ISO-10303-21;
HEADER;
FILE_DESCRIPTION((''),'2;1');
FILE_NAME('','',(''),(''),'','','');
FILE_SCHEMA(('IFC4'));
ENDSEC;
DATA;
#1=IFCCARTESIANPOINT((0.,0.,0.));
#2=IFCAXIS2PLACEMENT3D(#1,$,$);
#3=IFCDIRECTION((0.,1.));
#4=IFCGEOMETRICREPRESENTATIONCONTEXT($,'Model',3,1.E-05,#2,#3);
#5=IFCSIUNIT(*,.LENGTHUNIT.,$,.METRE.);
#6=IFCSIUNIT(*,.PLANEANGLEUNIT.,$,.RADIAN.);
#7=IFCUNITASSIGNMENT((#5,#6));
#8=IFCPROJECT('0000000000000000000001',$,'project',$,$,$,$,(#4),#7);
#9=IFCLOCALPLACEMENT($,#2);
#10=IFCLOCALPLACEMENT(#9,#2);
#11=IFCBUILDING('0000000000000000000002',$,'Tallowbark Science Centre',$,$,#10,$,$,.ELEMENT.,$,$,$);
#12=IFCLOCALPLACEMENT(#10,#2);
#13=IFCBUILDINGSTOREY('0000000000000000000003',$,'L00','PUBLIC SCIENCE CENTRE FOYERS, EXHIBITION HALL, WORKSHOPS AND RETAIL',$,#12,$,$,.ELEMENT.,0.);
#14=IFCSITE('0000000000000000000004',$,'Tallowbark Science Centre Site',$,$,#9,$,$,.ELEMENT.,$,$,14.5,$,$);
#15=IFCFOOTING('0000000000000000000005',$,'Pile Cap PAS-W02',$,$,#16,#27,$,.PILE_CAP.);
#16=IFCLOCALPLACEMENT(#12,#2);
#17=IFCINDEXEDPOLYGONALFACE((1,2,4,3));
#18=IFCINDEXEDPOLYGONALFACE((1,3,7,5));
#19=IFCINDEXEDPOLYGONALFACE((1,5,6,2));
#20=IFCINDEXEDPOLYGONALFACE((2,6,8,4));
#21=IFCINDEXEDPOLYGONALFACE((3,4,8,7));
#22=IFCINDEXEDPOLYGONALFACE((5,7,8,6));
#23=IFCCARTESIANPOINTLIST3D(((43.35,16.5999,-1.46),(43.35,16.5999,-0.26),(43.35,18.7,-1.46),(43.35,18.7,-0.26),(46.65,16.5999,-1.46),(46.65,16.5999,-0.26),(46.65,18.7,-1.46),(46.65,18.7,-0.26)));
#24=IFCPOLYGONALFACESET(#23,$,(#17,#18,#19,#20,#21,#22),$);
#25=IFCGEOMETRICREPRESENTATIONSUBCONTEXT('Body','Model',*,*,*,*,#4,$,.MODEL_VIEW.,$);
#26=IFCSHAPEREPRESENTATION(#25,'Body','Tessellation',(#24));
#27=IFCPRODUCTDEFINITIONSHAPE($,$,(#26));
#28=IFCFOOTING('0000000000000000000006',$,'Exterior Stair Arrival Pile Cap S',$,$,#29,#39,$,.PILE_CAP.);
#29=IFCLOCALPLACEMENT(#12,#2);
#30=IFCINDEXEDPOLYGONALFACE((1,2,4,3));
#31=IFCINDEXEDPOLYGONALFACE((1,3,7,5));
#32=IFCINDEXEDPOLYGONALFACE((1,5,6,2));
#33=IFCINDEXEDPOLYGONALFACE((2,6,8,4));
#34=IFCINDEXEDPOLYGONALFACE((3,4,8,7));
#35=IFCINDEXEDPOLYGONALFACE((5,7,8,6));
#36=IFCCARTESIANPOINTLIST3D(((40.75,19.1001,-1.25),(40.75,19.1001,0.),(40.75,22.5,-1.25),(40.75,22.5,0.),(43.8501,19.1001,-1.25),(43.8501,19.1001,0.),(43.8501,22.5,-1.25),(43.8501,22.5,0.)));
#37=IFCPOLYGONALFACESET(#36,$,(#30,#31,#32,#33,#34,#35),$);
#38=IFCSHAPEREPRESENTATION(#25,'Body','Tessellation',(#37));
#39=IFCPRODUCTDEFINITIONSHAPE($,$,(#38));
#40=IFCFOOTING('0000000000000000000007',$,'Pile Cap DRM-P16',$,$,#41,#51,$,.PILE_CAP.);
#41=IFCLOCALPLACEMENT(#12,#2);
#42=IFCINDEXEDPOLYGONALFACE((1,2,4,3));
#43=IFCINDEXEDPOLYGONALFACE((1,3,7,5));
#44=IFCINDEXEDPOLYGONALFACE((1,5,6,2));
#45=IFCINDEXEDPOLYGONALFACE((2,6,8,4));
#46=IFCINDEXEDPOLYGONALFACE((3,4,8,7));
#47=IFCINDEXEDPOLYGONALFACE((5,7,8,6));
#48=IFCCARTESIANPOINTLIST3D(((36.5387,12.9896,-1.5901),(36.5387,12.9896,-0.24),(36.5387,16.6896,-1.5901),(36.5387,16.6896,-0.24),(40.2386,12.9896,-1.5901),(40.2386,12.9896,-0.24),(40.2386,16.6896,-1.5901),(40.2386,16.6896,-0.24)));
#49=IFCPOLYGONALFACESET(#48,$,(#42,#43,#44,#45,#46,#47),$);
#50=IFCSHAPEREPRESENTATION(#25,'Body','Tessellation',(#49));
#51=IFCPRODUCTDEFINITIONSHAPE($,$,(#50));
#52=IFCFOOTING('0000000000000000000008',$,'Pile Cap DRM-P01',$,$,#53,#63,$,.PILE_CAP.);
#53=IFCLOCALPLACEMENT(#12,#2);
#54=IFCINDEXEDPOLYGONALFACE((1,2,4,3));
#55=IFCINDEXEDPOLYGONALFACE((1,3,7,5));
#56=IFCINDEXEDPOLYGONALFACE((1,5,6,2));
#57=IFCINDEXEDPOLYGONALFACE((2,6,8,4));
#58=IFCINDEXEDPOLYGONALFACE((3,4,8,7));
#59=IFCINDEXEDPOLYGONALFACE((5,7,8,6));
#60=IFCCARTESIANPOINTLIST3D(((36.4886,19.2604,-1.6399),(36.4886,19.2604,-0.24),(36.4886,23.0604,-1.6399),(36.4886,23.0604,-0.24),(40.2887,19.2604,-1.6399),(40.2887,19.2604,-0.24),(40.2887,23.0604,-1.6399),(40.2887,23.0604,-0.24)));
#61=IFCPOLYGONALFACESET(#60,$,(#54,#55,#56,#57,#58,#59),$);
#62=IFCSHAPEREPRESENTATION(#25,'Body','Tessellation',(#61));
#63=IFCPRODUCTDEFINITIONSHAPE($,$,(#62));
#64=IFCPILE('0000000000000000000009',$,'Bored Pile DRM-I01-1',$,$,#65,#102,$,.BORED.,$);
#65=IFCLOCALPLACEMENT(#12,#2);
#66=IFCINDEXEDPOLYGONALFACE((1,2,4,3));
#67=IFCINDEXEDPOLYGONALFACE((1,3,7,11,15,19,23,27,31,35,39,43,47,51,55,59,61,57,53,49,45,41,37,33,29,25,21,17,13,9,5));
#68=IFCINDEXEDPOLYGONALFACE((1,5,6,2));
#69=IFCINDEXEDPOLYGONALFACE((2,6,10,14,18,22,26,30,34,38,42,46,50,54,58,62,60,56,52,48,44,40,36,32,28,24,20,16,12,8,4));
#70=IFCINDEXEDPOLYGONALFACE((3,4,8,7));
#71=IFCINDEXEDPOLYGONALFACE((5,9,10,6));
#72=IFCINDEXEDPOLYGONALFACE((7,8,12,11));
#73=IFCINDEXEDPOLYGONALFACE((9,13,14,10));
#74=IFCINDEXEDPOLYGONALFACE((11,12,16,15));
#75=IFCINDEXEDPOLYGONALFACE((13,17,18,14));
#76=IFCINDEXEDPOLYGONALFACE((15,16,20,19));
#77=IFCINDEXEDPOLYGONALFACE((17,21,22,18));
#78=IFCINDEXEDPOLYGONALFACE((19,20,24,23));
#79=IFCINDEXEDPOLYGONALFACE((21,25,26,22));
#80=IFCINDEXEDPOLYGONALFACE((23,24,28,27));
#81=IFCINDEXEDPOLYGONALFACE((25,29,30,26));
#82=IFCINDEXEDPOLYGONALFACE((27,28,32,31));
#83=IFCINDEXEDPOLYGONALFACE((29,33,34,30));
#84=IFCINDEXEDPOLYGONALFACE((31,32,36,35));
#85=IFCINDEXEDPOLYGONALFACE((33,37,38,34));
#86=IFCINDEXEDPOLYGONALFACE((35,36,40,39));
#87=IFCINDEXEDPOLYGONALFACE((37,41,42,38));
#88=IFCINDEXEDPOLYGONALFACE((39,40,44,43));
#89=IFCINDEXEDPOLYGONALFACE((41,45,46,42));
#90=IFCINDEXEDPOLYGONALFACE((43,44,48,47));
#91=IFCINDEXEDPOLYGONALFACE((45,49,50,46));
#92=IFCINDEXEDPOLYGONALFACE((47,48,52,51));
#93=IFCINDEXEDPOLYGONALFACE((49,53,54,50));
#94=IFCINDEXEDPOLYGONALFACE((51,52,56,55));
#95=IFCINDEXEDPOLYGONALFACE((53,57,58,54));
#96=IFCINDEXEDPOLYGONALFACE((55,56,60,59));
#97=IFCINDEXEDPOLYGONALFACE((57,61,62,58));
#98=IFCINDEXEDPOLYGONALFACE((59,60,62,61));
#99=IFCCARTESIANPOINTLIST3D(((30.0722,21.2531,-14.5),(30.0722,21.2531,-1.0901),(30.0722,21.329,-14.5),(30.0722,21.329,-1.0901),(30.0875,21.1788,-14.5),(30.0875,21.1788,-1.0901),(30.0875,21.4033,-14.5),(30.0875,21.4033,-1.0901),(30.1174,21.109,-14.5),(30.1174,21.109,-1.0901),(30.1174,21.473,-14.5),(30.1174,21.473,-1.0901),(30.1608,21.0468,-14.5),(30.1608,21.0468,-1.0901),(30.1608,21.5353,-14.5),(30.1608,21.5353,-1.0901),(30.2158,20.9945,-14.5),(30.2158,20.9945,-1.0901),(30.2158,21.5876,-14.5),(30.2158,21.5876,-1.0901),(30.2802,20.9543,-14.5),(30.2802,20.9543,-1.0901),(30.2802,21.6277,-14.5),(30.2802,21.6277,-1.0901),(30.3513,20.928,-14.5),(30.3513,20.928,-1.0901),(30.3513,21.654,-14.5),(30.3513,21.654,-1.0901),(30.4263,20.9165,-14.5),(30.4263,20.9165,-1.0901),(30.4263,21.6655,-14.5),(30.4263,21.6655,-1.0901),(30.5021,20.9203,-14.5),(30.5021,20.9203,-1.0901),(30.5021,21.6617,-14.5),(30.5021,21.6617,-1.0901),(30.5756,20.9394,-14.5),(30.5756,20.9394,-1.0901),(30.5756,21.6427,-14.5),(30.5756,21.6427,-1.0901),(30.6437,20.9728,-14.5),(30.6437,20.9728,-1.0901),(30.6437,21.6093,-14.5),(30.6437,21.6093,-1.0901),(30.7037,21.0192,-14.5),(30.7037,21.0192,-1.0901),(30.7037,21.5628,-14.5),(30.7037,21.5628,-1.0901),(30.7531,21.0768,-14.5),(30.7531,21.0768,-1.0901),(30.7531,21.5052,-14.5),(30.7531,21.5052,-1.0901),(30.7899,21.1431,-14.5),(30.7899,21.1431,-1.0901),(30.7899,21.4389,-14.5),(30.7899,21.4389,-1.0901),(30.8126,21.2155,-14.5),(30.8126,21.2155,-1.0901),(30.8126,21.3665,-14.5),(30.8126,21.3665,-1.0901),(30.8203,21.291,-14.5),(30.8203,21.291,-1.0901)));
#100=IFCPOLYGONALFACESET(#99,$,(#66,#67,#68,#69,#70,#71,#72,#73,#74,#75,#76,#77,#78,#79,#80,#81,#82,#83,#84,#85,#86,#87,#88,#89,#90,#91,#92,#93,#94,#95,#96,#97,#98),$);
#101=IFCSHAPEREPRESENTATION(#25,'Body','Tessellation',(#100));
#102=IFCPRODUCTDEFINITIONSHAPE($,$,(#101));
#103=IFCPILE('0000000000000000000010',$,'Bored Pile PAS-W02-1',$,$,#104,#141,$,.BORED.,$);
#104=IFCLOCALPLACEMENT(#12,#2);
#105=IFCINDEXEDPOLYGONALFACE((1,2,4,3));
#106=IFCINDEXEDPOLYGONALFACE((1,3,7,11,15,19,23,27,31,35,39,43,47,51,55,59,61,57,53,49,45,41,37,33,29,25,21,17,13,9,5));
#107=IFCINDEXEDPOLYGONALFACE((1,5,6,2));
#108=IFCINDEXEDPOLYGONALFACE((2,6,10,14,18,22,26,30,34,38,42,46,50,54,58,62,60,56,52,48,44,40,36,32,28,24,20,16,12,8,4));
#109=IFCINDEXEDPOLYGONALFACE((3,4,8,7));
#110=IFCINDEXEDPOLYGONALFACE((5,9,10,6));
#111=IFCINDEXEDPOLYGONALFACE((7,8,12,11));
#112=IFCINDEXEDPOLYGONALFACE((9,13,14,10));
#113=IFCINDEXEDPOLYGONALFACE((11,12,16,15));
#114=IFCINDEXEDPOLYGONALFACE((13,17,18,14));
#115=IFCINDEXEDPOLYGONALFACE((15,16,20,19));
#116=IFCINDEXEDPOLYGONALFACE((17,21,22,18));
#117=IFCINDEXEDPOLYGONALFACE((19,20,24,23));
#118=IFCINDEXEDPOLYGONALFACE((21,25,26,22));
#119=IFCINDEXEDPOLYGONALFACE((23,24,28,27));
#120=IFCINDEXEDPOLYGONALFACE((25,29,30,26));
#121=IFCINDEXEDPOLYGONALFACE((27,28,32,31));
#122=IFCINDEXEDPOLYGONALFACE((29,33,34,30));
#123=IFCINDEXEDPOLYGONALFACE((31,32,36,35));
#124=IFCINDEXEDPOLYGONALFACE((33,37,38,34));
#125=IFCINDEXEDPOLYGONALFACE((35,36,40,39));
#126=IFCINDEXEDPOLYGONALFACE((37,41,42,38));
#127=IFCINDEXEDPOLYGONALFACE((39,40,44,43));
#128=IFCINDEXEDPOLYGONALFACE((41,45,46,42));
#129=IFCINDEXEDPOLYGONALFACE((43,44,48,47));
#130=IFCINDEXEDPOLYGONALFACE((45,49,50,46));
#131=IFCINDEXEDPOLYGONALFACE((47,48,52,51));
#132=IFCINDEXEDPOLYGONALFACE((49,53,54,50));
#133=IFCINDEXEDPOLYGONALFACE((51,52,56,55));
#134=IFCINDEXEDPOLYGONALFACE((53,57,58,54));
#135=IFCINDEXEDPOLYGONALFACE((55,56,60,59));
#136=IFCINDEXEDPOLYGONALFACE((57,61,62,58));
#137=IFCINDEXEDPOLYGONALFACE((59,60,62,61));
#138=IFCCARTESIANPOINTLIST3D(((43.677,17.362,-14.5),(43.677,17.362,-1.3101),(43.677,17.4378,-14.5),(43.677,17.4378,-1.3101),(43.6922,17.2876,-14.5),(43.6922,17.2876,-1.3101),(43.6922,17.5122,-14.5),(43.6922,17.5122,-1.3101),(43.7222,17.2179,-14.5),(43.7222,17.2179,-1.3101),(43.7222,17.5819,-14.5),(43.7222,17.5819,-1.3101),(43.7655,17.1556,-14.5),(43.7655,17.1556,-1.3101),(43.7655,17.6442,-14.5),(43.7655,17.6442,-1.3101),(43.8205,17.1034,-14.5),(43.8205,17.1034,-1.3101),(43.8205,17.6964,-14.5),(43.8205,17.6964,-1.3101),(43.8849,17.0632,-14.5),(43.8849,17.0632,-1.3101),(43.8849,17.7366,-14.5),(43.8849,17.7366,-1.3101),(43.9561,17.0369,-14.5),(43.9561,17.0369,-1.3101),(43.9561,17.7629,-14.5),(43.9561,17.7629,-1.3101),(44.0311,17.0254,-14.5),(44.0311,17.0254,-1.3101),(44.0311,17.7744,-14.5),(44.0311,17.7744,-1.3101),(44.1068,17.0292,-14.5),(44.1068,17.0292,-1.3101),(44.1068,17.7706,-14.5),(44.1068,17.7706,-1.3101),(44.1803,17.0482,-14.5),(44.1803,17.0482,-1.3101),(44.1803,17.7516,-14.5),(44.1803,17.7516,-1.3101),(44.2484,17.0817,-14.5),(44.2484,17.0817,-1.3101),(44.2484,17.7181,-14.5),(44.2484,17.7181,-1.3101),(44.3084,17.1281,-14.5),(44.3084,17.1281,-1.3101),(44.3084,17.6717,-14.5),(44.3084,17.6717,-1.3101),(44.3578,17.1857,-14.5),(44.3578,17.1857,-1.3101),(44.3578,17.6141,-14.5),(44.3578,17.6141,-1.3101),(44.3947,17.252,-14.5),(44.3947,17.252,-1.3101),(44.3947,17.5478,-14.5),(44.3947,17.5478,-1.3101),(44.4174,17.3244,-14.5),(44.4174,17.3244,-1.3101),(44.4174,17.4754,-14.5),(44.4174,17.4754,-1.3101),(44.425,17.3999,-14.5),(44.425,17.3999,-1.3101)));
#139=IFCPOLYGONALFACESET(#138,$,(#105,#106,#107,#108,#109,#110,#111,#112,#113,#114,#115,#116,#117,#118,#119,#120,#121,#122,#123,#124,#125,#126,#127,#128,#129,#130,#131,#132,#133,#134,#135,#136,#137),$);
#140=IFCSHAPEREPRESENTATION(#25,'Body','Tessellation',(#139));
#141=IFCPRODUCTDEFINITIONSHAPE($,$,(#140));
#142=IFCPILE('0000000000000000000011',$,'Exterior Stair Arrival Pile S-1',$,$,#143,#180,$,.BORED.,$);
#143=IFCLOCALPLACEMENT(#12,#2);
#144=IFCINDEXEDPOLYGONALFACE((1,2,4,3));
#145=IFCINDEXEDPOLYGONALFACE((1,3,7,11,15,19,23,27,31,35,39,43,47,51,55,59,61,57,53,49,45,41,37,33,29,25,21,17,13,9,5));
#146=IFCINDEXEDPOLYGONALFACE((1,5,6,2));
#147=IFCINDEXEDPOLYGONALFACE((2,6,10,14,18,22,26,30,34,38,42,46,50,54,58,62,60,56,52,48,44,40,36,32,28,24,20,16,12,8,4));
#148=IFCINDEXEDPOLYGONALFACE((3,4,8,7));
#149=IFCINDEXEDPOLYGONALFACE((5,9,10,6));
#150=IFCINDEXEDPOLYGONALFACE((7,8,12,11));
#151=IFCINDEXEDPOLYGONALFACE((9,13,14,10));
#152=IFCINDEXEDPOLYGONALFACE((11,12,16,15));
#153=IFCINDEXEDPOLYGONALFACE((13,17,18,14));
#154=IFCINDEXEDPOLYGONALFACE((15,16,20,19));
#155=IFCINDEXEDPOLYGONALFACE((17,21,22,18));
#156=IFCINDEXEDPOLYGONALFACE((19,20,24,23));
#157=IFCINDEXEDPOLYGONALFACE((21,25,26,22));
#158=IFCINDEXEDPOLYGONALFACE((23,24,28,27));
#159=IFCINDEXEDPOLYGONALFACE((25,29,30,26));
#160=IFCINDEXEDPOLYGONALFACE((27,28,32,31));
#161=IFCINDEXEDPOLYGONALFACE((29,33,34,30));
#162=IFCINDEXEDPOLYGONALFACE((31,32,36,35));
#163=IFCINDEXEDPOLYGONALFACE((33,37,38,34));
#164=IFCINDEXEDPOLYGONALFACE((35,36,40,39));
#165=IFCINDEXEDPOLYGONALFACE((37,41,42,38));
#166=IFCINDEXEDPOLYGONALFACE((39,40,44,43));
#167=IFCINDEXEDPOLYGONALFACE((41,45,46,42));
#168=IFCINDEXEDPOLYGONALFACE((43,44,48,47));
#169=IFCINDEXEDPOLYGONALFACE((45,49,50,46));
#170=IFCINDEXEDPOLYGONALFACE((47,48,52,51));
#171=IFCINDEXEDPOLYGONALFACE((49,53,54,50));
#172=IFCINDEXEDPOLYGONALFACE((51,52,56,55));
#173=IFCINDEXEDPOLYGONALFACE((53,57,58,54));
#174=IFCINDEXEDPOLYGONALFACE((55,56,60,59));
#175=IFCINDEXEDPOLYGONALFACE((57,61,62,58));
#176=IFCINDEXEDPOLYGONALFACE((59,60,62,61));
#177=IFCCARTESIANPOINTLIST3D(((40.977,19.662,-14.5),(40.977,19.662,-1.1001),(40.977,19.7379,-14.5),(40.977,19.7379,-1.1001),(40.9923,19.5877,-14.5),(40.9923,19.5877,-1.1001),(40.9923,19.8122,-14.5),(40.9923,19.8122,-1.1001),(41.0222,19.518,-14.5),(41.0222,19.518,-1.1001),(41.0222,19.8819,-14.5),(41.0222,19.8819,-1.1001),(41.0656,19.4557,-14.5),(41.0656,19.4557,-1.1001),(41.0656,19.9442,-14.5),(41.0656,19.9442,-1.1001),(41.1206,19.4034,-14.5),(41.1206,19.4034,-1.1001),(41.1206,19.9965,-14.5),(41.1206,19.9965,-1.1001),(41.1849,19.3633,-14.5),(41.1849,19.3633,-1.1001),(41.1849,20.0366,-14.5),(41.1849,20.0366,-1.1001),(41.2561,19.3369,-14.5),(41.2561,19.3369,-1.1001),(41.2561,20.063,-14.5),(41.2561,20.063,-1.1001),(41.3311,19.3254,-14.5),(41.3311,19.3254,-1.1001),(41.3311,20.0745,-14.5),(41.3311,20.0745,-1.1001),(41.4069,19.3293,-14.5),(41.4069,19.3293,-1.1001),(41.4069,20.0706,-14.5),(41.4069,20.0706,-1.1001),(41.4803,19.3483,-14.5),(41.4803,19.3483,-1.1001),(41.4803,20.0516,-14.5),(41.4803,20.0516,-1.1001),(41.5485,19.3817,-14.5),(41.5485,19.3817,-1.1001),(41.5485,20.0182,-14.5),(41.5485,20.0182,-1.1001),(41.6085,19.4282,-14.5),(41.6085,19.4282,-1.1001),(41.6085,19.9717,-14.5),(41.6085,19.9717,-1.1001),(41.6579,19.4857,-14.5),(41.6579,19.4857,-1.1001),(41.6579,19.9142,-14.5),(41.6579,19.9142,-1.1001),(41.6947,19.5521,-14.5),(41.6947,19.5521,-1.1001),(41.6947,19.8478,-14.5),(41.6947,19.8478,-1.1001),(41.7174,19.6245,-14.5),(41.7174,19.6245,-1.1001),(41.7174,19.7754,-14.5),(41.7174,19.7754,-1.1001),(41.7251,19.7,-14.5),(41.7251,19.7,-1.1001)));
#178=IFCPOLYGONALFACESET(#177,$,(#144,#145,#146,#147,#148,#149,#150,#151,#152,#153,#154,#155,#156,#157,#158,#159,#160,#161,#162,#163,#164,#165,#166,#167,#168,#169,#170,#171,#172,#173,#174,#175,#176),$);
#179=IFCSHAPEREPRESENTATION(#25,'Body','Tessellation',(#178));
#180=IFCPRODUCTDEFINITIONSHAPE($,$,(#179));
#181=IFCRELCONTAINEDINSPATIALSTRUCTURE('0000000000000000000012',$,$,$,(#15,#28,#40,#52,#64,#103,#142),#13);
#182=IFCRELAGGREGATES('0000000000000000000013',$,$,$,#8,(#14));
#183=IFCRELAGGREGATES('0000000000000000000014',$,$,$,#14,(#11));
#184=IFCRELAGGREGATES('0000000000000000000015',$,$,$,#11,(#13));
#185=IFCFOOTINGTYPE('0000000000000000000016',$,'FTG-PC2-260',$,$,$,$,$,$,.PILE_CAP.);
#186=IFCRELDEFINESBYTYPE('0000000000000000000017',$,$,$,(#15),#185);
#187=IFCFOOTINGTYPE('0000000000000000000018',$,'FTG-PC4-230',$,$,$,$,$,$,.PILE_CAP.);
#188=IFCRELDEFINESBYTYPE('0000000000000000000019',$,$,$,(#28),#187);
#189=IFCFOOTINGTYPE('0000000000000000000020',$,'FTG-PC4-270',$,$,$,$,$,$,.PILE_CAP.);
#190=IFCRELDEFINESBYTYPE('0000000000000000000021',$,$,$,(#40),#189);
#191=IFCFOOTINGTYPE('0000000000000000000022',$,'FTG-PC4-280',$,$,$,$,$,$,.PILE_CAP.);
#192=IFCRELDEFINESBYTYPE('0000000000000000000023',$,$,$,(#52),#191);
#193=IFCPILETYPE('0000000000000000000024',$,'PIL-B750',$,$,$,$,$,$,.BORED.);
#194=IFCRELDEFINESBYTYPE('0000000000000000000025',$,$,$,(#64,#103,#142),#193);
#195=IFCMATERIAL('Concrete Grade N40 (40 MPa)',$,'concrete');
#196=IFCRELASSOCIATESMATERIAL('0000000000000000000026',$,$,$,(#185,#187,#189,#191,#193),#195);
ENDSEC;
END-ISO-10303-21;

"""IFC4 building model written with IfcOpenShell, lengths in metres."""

from ifc_helpers import new_model, si_unit, direction, frame, origin, origin_2d, place, context, subcontext, project, spatial, rectangle, circle, extrude, material, material_profile, profile_set, type_object, element, save


model = new_model("IFC4")

# Units and contexts
model_context = context("Model", 3, precision=1e-05, world=origin(), true_north=direction((0.0, 1.0)))
body_context = subcontext(model_context, "Body", "Model", "MODEL_VIEW")
ifc_project = project(units=[si_unit("LENGTHUNIT", "METRE"), si_unit("PLANEANGLEUNIT", "RADIAN")], contexts=[model_context])

# Site, building, storey
site_placement = place(None, origin())
site = spatial("IfcSite", under=ifc_project, at=site_placement, Name="Tallowbark Science Centre Site", CompositionType="ELEMENT", RefElevation=14.5)
building_placement = place(site_placement, origin())
building = spatial("IfcBuilding", under=site, at=building_placement, Name="Tallowbark Science Centre", CompositionType="ELEMENT")
storey_placement = place(building_placement, origin())
storey = spatial("IfcBuildingStorey", under=building, at=storey_placement, Name="L00", Description="PUBLIC SCIENCE CENTRE FOYERS, EXHIBITION HALL, WORKSHOPS AND RETAIL", CompositionType="ELEMENT", Elevation=0.0)

# Footings
ifc_material_1 = material(Name="Concrete Grade N40 (40 MPa)", Category="concrete")
footing_type_1 = type_object("IfcFootingType", Name="FTG-PC2-260", PredefinedType="PILE_CAP", material=ifc_material_1)
footing_1_placement = place(storey_placement, frame((45.0, 17.6499, -1.46), z_axis=(0.0, 0.0, 1.0), x_axis=(1.0, 0.0, 0.0)))
element("IfcFooting", 1, at=footing_1_placement, inside=storey, type_object=footing_type_1, Name="Pile Cap PAS-W02", PredefinedType="PILE_CAP", context=body_context, shape_type="SweptSolid", body=[
    extrude(rectangle(XDim=3.3, YDim=2.1001, at=origin_2d()), origin(), (0.0, 0.0, 1.0), 1.2),
])
footing_type_2 = type_object("IfcFootingType", Name="FTG-PC4-230", PredefinedType="PILE_CAP", material=ifc_material_1)
footing_2_placement = place(storey_placement, frame((42.3, 20.8, -1.25), z_axis=(0.0, 0.0, 1.0), x_axis=(1.0, 0.0, 0.0)))
element("IfcFooting", 2, at=footing_2_placement, inside=storey, type_object=footing_type_2, Name="Exterior Stair Arrival Pile Cap S", PredefinedType="PILE_CAP", context=body_context, shape_type="SweptSolid", body=[
    extrude(rectangle(XDim=3.1001, YDim=3.3999, at=origin_2d()), origin(), (0.0, 0.0, 1.0), 1.25),
])
footing_type_3 = type_object("IfcFootingType", Name="FTG-PC4-270", PredefinedType="PILE_CAP", material=ifc_material_1)
footing_3_placement = place(storey_placement, frame((38.3887, 14.8396, -1.5901), z_axis=(0.0, 0.0, 1.0), x_axis=(1.0, 0.0, 0.0)))
element("IfcFooting", 3, at=footing_3_placement, inside=storey, type_object=footing_type_3, Name="Pile Cap DRM-P16", PredefinedType="PILE_CAP", context=body_context, shape_type="SweptSolid", body=[
    extrude(rectangle(XDim=3.7, YDim=3.7, at=origin_2d()), origin(), (0.0, 0.0, 1.0), 1.3501),
])
footing_type_4 = type_object("IfcFootingType", Name="FTG-PC4-280", PredefinedType="PILE_CAP", material=ifc_material_1)
footing_4_placement = place(storey_placement, frame((38.3887, 21.1604, -1.6399), z_axis=(0.0, 0.0, 1.0), x_axis=(1.0, 0.0, 0.0)))
element("IfcFooting", 4, at=footing_4_placement, inside=storey, type_object=footing_type_4, Name="Pile Cap DRM-P01", PredefinedType="PILE_CAP", context=body_context, shape_type="SweptSolid", body=[
    extrude(rectangle(XDim=3.8, YDim=3.8, at=origin_2d()), origin(), (0.0, 0.0, 1.0), 1.3999),
])

# Piles
ifc_material_profile_1 = material_profile(ifc_material_1, circle(Radius=0.375, at=origin_2d()), Name="PILE750")
ifc_profile_set_1 = profile_set([ifc_material_profile_1], Name="Concrete Grade N40 (40 MPa)")
pile_type_1 = type_object("IfcPileType", Name="PIL-B750", PredefinedType="BORED", material=ifc_profile_set_1)
pile_1_placement = place(storey_placement, frame((30.4453, 21.291, -1.0901), z_axis=(0.0, 0.0, -1.0), x_axis=(1.0, 0.0, 0.0)))
element("IfcPile", 5, at=pile_1_placement, inside=storey, type_object=pile_type_1, Name="Bored Pile DRM-I01-1", PredefinedType="BORED", context=body_context, shape_type="SweptSolid", body=[
    extrude(circle(Radius=0.375, at=origin_2d()), origin(), (0.0, 0.0, 1.0), 13.4099),
])
pile_2_placement = place(storey_placement, frame((44.05, 17.3999, -1.3101), z_axis=(0.0, 0.0, -1.0), x_axis=(1.0, 0.0, 0.0)))
element("IfcPile", 6, at=pile_2_placement, inside=storey, type_object=pile_type_1, Name="Bored Pile PAS-W02-1", PredefinedType="BORED", context=body_context, shape_type="SweptSolid", body=[
    extrude(circle(Radius=0.375, at=origin_2d()), origin(), (0.0, 0.0, 1.0), 13.1899),
])
for number, where, z_axis, x_axis, name in (
    (7, (41.3501, 19.7, -1.1001), (0.0, 0.0, -1.0), (1.0, 0.0, 0.0), "Exterior Stair Arrival Pile S-1"),
):
    element("IfcPile", number, at=place(storey_placement, frame(where, z_axis=z_axis, x_axis=x_axis)), inside=storey, type_object=pile_type_1, Name=name, PredefinedType="BORED", context=body_context, shape_type="SweptSolid", body=[
        extrude(circle(Radius=0.375, at=origin_2d()), origin(), (0.0, 0.0, 1.0), 13.3999),
    ])

save(model, "model.ifc")
